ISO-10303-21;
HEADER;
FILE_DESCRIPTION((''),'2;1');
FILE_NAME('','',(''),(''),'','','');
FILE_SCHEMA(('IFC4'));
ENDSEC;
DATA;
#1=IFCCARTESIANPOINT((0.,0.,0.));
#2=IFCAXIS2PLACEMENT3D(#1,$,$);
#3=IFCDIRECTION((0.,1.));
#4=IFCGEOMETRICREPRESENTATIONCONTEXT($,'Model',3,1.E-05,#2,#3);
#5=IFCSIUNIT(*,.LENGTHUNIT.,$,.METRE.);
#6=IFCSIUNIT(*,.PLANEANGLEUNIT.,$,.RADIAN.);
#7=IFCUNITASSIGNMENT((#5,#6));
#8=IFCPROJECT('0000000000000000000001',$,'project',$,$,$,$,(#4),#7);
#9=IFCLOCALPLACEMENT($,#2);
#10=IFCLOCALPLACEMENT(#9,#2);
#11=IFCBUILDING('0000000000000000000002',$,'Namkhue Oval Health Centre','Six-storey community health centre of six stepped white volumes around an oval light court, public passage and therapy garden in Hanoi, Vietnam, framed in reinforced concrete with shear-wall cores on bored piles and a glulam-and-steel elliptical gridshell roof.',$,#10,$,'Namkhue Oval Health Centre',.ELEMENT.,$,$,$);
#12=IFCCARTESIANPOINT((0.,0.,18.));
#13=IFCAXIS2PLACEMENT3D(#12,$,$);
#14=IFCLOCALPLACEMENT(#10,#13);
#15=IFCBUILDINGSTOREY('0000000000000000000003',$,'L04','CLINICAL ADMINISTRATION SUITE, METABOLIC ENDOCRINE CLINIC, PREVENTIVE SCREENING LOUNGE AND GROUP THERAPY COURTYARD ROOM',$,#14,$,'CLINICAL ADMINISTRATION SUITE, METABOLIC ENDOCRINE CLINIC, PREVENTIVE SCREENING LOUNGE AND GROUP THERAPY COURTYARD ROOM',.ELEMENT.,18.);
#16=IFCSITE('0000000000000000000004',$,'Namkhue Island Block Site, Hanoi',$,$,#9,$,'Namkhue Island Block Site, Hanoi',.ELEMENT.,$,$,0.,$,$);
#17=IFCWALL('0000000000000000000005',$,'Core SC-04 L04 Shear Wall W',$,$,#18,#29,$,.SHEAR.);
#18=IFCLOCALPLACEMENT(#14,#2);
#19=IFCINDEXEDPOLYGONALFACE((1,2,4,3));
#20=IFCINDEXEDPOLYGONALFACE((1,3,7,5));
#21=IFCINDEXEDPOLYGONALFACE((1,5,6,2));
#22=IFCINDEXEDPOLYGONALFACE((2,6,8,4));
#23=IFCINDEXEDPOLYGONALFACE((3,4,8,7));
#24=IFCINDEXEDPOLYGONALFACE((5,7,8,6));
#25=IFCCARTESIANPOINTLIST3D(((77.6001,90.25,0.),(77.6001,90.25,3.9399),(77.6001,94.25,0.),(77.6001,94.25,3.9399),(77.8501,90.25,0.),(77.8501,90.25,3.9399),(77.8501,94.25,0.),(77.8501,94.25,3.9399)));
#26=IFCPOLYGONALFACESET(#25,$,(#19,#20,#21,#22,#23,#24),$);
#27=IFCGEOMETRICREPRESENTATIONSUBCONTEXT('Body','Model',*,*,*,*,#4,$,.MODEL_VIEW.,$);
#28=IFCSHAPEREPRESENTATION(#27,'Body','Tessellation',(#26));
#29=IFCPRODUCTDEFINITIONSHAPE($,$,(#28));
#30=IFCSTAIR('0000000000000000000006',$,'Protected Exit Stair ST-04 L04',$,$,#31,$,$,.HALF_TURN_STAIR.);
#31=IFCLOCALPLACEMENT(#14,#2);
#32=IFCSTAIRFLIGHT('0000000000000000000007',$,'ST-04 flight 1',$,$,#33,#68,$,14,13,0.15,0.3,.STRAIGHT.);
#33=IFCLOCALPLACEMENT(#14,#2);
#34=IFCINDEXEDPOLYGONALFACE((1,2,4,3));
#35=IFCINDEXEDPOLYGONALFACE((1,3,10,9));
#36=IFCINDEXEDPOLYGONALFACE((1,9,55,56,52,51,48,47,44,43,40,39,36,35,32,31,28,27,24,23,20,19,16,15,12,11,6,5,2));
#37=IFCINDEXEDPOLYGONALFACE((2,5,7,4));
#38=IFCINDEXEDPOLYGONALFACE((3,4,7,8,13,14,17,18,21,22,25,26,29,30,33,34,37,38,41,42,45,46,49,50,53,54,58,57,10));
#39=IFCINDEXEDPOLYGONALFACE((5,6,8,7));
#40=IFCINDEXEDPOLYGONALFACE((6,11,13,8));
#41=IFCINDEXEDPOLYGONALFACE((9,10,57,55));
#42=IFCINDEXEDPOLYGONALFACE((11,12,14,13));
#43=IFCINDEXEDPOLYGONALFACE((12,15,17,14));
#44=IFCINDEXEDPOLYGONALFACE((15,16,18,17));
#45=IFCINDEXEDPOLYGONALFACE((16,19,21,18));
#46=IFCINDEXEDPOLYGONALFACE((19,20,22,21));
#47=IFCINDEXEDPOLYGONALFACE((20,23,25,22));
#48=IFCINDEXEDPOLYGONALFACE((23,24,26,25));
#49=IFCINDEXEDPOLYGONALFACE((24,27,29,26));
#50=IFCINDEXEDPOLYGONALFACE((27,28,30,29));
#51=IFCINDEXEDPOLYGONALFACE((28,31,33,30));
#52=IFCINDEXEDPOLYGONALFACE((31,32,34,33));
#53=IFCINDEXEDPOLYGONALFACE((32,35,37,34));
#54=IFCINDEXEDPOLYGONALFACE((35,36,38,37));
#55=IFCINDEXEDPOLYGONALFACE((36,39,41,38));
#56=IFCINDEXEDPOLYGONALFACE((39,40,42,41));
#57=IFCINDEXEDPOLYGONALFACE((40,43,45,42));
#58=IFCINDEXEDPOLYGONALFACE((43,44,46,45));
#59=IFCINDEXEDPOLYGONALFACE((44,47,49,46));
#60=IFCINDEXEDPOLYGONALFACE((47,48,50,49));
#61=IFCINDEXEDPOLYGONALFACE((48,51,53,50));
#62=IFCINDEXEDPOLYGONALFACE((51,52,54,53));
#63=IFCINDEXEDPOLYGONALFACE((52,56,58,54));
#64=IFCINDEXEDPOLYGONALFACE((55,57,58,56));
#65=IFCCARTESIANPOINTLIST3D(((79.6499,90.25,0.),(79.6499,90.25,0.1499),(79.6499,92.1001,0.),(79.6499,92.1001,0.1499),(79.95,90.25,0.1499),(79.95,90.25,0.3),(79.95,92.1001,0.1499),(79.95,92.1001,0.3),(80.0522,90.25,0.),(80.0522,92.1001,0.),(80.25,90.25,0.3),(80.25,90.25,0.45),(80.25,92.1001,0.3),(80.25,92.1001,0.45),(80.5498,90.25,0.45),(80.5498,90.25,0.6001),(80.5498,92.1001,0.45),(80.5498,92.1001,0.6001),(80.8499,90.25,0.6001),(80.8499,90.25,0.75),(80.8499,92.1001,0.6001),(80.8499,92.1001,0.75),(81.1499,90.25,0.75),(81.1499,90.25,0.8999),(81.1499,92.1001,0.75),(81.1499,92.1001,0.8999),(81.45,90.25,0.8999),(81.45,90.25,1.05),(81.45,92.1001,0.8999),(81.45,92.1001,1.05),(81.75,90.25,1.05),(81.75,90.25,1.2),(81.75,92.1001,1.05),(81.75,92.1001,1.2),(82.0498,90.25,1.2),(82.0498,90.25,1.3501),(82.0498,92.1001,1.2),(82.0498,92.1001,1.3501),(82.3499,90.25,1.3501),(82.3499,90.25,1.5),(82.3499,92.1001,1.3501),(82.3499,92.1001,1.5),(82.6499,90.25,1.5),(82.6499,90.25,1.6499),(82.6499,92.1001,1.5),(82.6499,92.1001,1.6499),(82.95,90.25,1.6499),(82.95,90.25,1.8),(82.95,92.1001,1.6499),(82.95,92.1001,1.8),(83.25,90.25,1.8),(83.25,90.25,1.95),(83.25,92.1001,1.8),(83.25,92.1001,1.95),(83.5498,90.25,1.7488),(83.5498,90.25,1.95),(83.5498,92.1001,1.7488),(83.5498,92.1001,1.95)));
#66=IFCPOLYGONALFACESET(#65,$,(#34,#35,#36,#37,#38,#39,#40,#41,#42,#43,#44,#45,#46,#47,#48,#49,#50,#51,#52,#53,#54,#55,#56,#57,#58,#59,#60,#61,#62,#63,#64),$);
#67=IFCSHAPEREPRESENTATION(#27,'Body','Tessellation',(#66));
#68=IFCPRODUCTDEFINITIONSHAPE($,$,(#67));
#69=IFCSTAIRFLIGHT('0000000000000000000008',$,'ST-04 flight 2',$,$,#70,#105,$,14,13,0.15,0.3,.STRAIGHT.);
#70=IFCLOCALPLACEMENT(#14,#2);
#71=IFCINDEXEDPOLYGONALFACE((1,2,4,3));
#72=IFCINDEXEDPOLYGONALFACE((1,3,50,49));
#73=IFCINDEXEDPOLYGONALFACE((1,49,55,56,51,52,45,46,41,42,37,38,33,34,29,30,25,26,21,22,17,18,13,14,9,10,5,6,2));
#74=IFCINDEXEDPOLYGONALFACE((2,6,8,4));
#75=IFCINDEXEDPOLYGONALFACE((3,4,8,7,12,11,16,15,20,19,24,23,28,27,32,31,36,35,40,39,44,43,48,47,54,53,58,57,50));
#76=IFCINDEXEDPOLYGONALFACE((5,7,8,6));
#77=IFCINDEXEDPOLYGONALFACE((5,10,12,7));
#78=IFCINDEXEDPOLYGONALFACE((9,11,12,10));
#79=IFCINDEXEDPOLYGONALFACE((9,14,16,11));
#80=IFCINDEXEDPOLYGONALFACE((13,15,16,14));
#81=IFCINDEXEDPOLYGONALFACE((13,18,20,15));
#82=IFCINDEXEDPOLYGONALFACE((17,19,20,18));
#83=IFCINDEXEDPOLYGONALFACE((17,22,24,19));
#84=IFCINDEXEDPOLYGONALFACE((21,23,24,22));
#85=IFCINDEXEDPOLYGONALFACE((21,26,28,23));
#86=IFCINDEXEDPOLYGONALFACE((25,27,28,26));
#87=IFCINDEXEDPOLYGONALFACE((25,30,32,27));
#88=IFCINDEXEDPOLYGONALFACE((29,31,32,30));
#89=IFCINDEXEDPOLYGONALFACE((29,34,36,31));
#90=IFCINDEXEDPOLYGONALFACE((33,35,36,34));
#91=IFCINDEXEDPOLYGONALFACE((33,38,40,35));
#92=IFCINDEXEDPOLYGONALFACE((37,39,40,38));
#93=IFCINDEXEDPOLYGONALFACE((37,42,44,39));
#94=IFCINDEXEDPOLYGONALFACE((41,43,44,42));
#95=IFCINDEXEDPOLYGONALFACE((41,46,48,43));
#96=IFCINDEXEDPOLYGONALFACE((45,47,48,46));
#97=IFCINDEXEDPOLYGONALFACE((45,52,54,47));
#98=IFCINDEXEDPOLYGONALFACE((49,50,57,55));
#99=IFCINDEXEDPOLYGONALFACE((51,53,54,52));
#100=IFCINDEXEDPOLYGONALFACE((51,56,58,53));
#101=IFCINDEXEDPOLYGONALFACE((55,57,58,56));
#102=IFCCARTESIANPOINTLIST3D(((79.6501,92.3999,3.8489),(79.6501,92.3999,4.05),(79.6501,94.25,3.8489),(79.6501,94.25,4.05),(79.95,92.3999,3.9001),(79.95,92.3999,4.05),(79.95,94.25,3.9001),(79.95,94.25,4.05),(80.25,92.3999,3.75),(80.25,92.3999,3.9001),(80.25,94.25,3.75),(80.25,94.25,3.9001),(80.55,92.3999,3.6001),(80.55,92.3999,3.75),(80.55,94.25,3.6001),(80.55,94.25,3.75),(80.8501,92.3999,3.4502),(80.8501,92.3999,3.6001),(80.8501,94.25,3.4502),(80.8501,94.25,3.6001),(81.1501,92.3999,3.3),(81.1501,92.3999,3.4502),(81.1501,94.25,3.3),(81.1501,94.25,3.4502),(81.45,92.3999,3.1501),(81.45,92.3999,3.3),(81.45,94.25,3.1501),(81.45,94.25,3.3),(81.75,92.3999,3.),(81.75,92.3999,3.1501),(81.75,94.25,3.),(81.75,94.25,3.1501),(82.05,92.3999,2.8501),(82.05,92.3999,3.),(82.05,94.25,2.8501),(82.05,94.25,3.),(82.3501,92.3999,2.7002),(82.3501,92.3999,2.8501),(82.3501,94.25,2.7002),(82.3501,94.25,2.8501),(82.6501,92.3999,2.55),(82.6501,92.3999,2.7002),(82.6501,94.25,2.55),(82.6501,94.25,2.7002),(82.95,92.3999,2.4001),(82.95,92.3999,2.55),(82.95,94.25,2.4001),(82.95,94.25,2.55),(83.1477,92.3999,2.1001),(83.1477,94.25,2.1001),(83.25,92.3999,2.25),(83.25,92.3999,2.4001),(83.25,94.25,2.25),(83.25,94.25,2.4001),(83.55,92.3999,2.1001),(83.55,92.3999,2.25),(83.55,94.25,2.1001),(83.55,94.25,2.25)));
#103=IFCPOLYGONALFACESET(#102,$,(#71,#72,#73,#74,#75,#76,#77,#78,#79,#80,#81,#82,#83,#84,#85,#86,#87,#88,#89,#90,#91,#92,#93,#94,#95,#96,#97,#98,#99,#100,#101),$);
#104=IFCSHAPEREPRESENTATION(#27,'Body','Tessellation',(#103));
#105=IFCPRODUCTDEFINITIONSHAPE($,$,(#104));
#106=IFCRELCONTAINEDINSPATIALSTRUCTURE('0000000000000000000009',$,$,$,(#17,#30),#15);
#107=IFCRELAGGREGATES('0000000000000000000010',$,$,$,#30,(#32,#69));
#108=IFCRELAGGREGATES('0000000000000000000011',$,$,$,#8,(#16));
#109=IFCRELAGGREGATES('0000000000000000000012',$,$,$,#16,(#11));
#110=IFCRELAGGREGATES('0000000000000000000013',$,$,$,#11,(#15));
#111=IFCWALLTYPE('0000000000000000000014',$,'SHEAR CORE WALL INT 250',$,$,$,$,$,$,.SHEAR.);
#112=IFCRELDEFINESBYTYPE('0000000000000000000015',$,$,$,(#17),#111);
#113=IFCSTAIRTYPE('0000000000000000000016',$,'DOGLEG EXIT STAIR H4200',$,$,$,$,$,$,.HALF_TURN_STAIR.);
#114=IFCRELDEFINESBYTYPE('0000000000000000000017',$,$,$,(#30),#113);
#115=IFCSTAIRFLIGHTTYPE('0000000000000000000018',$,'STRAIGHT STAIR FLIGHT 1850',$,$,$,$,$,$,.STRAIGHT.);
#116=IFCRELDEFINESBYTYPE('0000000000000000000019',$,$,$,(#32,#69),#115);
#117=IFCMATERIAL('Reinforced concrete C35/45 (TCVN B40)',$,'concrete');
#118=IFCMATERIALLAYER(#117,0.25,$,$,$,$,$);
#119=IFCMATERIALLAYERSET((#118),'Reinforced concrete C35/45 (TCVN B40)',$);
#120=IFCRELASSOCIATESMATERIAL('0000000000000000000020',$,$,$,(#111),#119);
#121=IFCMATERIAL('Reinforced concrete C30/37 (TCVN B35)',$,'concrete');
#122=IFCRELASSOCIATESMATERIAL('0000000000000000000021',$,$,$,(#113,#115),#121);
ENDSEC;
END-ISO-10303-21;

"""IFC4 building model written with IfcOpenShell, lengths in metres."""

from ifc_helpers import new_model, si_unit, direction, frame, frame_2d, origin, place, context, subcontext, project, spatial, polyline, rectangle, outline, extrude, material, layer, layer_set, type_object, element, aggregate, save


model = new_model("IFC4")

# Units and contexts
model_context = context("Model", 3, precision=1e-05, world=origin(), true_north=direction((0.0, 1.0)))
body_context = subcontext(model_context, "Body", "Model", "MODEL_VIEW")
ifc_project = project(units=[si_unit("LENGTHUNIT", "METRE"), si_unit("PLANEANGLEUNIT", "RADIAN")], contexts=[model_context])

# Site, building, storey
site_placement = place(None, origin())
site = spatial("IfcSite", under=ifc_project, at=site_placement, Name="Namkhue Island Block Site, Hanoi", LongName="Namkhue Island Block Site, Hanoi", CompositionType="ELEMENT", RefElevation=0.0)
building_placement = place(site_placement, origin())
building = spatial("IfcBuilding", under=site, at=building_placement, Name="Namkhue Oval Health Centre", Description="Six-storey community health centre of six stepped white volumes around an oval light court, public passage and therapy garden in Hanoi, Vietnam, framed in reinforced concrete with shear-wall cores on bored piles and a glulam-and-steel elliptical gridshell roof.", LongName="Namkhue Oval Health Centre", CompositionType="ELEMENT")
storey_placement = place(building_placement, frame((0.0, 0.0, 18.0)))
storey = spatial("IfcBuildingStorey", under=building, at=storey_placement, Name="L04", Description="CLINICAL ADMINISTRATION SUITE, METABOLIC ENDOCRINE CLINIC, PREVENTIVE SCREENING LOUNGE AND GROUP THERAPY COURTYARD ROOM", LongName="CLINICAL ADMINISTRATION SUITE, METABOLIC ENDOCRINE CLINIC, PREVENTIVE SCREENING LOUNGE AND GROUP THERAPY COURTYARD ROOM", CompositionType="ELEMENT", Elevation=18.0)

# Shared definitions
ifc_material_1 = material(Name="Reinforced concrete C35/45 (TCVN B40)", Category="concrete")

# Shared definitions
ifc_layer_1 = layer(ifc_material_1, 0.25)
ifc_layer_set_1 = layer_set([ifc_layer_1], Name="Reinforced concrete C35/45 (TCVN B40)")
wall_type_1 = type_object("IfcWallType", Name="SHEAR CORE WALL INT 250", PredefinedType="SHEAR", material=ifc_layer_set_1)

# Wall
wall_1_placement = place(storey_placement, frame((77.7251, 94.25, 0.0), z_axis=(0.0, 0.0, 1.0), x_axis=(0.0, -1.0, 0.0)))
element("IfcWall", 1, at=wall_1_placement, inside=storey, type_object=wall_type_1, Name="Core SC-04 L04 Shear Wall W", PredefinedType="SHEAR", context=body_context, shape_type="SweptSolid", body=[
    extrude(rectangle(XDim=4.0, YDim=0.25, at=frame_2d((2.0, 0.0))), origin(), (0.0, 0.0, 1.0), 3.9399),
])

# Stair, stair flights
ifc_material_2 = material(Name="Reinforced concrete C30/37 (TCVN B35)", Category="concrete")
stair_type = type_object("IfcStairType", Name="DOGLEG EXIT STAIR H4200", PredefinedType="HALF_TURN_STAIR", material=ifc_material_2)
stair_placement = place(storey_placement, origin())
stair = element("IfcStair", 2, at=stair_placement, inside=storey, type_object=stair_type, Name="Protected Exit Stair ST-04 L04", PredefinedType="HALF_TURN_STAIR")
stair_flight_type = type_object("IfcStairFlightType", Name="STRAIGHT STAIR FLIGHT 1850", PredefinedType="STRAIGHT", material=ifc_material_2)
stair_flight_1_placement = place(storey_placement, frame((79.6499, 91.175, 0.0), z_axis=(0.0, 0.0, 1.0), x_axis=(1.0, 0.0, 0.0)))
stair_flight_1 = element("IfcStairFlight", 3, at=stair_flight_1_placement, type_object=stair_flight_type, Name="ST-04 flight 1", NumberOfRisers=14, NumberOfTreads=13, PredefinedType="STRAIGHT", RiserHeight=0.15, TreadLength=0.3, context=body_context, shape_type="SweptSolid", body=[
    extrude(outline(polyline([(0.0, 0.0), (0.0, 0.1499), (0.3, 0.1499), (0.3, 0.3), (0.6001, 0.3), (0.6001, 0.45), (0.8999, 0.45), (0.8999, 0.6001), (1.2, 0.6001), (1.2, 0.75), (1.5, 0.75), (1.5, 0.8999), (1.8, 0.8999), (1.8, 1.05), (2.1001, 1.05), (2.1001, 1.2), (2.3999, 1.2), (2.3999, 1.3501), (2.7, 1.3501), (2.7, 1.5), (3.0, 1.5), (3.0, 1.6499), (3.3, 1.6499), (3.3, 1.8), (3.6001, 1.8), (3.6001, 1.95), (3.8999, 1.95), (3.8999, 2.1001), (3.8999, 1.7488), (0.4023, 0.0), (0.0, 0.0)])), frame((0.0, 0.925, 0.0), z_axis=(0.0, -1.0, 0.0), x_axis=(1.0, 0.0, 0.0)), (0.0, 0.0, 1.0), 1.8501),
])
stair_flight_2_placement = place(storey_placement, frame((83.55, 93.325, 2.1001), z_axis=(0.0, 0.0, 1.0), x_axis=(-1.0, 0.0, 0.0)))
stair_flight_2 = element("IfcStairFlight", 4, at=stair_flight_2_placement, type_object=stair_flight_type, Name="ST-04 flight 2", NumberOfRisers=14, NumberOfTreads=13, PredefinedType="STRAIGHT", RiserHeight=0.15, TreadLength=0.3, context=body_context, shape_type="SweptSolid", body=[
    extrude(outline(polyline([(0.0, 0.0), (0.0, 0.1499), (0.3, 0.1499), (0.3, 0.3), (0.6001, 0.3), (0.6001, 0.45), (0.8999, 0.45), (0.8999, 0.6001), (1.2, 0.6001), (1.2, 0.75), (1.5, 0.75), (1.5, 0.8999), (1.8, 0.8999), (1.8, 1.05), (2.1001, 1.05), (2.1001, 1.2), (2.3999, 1.2), (2.3999, 1.3501), (2.7, 1.3501), (2.7, 1.5), (3.0, 1.5), (3.0, 1.6499), (3.3, 1.6499), (3.3, 1.8), (3.6001, 1.8), (3.6001, 1.95), (3.8999, 1.95), (3.8999, 2.1001), (3.8999, 1.7488), (0.4023, 0.0), (0.0, 0.0)])), frame((0.0, 0.925, 0.0), z_axis=(0.0, -1.0, 0.0), x_axis=(1.0, 0.0, 0.0)), (0.0, 0.0, 1.0), 1.8501),
])
aggregate(stair, [stair_flight_1, stair_flight_2])

save(model, "model.ifc")
